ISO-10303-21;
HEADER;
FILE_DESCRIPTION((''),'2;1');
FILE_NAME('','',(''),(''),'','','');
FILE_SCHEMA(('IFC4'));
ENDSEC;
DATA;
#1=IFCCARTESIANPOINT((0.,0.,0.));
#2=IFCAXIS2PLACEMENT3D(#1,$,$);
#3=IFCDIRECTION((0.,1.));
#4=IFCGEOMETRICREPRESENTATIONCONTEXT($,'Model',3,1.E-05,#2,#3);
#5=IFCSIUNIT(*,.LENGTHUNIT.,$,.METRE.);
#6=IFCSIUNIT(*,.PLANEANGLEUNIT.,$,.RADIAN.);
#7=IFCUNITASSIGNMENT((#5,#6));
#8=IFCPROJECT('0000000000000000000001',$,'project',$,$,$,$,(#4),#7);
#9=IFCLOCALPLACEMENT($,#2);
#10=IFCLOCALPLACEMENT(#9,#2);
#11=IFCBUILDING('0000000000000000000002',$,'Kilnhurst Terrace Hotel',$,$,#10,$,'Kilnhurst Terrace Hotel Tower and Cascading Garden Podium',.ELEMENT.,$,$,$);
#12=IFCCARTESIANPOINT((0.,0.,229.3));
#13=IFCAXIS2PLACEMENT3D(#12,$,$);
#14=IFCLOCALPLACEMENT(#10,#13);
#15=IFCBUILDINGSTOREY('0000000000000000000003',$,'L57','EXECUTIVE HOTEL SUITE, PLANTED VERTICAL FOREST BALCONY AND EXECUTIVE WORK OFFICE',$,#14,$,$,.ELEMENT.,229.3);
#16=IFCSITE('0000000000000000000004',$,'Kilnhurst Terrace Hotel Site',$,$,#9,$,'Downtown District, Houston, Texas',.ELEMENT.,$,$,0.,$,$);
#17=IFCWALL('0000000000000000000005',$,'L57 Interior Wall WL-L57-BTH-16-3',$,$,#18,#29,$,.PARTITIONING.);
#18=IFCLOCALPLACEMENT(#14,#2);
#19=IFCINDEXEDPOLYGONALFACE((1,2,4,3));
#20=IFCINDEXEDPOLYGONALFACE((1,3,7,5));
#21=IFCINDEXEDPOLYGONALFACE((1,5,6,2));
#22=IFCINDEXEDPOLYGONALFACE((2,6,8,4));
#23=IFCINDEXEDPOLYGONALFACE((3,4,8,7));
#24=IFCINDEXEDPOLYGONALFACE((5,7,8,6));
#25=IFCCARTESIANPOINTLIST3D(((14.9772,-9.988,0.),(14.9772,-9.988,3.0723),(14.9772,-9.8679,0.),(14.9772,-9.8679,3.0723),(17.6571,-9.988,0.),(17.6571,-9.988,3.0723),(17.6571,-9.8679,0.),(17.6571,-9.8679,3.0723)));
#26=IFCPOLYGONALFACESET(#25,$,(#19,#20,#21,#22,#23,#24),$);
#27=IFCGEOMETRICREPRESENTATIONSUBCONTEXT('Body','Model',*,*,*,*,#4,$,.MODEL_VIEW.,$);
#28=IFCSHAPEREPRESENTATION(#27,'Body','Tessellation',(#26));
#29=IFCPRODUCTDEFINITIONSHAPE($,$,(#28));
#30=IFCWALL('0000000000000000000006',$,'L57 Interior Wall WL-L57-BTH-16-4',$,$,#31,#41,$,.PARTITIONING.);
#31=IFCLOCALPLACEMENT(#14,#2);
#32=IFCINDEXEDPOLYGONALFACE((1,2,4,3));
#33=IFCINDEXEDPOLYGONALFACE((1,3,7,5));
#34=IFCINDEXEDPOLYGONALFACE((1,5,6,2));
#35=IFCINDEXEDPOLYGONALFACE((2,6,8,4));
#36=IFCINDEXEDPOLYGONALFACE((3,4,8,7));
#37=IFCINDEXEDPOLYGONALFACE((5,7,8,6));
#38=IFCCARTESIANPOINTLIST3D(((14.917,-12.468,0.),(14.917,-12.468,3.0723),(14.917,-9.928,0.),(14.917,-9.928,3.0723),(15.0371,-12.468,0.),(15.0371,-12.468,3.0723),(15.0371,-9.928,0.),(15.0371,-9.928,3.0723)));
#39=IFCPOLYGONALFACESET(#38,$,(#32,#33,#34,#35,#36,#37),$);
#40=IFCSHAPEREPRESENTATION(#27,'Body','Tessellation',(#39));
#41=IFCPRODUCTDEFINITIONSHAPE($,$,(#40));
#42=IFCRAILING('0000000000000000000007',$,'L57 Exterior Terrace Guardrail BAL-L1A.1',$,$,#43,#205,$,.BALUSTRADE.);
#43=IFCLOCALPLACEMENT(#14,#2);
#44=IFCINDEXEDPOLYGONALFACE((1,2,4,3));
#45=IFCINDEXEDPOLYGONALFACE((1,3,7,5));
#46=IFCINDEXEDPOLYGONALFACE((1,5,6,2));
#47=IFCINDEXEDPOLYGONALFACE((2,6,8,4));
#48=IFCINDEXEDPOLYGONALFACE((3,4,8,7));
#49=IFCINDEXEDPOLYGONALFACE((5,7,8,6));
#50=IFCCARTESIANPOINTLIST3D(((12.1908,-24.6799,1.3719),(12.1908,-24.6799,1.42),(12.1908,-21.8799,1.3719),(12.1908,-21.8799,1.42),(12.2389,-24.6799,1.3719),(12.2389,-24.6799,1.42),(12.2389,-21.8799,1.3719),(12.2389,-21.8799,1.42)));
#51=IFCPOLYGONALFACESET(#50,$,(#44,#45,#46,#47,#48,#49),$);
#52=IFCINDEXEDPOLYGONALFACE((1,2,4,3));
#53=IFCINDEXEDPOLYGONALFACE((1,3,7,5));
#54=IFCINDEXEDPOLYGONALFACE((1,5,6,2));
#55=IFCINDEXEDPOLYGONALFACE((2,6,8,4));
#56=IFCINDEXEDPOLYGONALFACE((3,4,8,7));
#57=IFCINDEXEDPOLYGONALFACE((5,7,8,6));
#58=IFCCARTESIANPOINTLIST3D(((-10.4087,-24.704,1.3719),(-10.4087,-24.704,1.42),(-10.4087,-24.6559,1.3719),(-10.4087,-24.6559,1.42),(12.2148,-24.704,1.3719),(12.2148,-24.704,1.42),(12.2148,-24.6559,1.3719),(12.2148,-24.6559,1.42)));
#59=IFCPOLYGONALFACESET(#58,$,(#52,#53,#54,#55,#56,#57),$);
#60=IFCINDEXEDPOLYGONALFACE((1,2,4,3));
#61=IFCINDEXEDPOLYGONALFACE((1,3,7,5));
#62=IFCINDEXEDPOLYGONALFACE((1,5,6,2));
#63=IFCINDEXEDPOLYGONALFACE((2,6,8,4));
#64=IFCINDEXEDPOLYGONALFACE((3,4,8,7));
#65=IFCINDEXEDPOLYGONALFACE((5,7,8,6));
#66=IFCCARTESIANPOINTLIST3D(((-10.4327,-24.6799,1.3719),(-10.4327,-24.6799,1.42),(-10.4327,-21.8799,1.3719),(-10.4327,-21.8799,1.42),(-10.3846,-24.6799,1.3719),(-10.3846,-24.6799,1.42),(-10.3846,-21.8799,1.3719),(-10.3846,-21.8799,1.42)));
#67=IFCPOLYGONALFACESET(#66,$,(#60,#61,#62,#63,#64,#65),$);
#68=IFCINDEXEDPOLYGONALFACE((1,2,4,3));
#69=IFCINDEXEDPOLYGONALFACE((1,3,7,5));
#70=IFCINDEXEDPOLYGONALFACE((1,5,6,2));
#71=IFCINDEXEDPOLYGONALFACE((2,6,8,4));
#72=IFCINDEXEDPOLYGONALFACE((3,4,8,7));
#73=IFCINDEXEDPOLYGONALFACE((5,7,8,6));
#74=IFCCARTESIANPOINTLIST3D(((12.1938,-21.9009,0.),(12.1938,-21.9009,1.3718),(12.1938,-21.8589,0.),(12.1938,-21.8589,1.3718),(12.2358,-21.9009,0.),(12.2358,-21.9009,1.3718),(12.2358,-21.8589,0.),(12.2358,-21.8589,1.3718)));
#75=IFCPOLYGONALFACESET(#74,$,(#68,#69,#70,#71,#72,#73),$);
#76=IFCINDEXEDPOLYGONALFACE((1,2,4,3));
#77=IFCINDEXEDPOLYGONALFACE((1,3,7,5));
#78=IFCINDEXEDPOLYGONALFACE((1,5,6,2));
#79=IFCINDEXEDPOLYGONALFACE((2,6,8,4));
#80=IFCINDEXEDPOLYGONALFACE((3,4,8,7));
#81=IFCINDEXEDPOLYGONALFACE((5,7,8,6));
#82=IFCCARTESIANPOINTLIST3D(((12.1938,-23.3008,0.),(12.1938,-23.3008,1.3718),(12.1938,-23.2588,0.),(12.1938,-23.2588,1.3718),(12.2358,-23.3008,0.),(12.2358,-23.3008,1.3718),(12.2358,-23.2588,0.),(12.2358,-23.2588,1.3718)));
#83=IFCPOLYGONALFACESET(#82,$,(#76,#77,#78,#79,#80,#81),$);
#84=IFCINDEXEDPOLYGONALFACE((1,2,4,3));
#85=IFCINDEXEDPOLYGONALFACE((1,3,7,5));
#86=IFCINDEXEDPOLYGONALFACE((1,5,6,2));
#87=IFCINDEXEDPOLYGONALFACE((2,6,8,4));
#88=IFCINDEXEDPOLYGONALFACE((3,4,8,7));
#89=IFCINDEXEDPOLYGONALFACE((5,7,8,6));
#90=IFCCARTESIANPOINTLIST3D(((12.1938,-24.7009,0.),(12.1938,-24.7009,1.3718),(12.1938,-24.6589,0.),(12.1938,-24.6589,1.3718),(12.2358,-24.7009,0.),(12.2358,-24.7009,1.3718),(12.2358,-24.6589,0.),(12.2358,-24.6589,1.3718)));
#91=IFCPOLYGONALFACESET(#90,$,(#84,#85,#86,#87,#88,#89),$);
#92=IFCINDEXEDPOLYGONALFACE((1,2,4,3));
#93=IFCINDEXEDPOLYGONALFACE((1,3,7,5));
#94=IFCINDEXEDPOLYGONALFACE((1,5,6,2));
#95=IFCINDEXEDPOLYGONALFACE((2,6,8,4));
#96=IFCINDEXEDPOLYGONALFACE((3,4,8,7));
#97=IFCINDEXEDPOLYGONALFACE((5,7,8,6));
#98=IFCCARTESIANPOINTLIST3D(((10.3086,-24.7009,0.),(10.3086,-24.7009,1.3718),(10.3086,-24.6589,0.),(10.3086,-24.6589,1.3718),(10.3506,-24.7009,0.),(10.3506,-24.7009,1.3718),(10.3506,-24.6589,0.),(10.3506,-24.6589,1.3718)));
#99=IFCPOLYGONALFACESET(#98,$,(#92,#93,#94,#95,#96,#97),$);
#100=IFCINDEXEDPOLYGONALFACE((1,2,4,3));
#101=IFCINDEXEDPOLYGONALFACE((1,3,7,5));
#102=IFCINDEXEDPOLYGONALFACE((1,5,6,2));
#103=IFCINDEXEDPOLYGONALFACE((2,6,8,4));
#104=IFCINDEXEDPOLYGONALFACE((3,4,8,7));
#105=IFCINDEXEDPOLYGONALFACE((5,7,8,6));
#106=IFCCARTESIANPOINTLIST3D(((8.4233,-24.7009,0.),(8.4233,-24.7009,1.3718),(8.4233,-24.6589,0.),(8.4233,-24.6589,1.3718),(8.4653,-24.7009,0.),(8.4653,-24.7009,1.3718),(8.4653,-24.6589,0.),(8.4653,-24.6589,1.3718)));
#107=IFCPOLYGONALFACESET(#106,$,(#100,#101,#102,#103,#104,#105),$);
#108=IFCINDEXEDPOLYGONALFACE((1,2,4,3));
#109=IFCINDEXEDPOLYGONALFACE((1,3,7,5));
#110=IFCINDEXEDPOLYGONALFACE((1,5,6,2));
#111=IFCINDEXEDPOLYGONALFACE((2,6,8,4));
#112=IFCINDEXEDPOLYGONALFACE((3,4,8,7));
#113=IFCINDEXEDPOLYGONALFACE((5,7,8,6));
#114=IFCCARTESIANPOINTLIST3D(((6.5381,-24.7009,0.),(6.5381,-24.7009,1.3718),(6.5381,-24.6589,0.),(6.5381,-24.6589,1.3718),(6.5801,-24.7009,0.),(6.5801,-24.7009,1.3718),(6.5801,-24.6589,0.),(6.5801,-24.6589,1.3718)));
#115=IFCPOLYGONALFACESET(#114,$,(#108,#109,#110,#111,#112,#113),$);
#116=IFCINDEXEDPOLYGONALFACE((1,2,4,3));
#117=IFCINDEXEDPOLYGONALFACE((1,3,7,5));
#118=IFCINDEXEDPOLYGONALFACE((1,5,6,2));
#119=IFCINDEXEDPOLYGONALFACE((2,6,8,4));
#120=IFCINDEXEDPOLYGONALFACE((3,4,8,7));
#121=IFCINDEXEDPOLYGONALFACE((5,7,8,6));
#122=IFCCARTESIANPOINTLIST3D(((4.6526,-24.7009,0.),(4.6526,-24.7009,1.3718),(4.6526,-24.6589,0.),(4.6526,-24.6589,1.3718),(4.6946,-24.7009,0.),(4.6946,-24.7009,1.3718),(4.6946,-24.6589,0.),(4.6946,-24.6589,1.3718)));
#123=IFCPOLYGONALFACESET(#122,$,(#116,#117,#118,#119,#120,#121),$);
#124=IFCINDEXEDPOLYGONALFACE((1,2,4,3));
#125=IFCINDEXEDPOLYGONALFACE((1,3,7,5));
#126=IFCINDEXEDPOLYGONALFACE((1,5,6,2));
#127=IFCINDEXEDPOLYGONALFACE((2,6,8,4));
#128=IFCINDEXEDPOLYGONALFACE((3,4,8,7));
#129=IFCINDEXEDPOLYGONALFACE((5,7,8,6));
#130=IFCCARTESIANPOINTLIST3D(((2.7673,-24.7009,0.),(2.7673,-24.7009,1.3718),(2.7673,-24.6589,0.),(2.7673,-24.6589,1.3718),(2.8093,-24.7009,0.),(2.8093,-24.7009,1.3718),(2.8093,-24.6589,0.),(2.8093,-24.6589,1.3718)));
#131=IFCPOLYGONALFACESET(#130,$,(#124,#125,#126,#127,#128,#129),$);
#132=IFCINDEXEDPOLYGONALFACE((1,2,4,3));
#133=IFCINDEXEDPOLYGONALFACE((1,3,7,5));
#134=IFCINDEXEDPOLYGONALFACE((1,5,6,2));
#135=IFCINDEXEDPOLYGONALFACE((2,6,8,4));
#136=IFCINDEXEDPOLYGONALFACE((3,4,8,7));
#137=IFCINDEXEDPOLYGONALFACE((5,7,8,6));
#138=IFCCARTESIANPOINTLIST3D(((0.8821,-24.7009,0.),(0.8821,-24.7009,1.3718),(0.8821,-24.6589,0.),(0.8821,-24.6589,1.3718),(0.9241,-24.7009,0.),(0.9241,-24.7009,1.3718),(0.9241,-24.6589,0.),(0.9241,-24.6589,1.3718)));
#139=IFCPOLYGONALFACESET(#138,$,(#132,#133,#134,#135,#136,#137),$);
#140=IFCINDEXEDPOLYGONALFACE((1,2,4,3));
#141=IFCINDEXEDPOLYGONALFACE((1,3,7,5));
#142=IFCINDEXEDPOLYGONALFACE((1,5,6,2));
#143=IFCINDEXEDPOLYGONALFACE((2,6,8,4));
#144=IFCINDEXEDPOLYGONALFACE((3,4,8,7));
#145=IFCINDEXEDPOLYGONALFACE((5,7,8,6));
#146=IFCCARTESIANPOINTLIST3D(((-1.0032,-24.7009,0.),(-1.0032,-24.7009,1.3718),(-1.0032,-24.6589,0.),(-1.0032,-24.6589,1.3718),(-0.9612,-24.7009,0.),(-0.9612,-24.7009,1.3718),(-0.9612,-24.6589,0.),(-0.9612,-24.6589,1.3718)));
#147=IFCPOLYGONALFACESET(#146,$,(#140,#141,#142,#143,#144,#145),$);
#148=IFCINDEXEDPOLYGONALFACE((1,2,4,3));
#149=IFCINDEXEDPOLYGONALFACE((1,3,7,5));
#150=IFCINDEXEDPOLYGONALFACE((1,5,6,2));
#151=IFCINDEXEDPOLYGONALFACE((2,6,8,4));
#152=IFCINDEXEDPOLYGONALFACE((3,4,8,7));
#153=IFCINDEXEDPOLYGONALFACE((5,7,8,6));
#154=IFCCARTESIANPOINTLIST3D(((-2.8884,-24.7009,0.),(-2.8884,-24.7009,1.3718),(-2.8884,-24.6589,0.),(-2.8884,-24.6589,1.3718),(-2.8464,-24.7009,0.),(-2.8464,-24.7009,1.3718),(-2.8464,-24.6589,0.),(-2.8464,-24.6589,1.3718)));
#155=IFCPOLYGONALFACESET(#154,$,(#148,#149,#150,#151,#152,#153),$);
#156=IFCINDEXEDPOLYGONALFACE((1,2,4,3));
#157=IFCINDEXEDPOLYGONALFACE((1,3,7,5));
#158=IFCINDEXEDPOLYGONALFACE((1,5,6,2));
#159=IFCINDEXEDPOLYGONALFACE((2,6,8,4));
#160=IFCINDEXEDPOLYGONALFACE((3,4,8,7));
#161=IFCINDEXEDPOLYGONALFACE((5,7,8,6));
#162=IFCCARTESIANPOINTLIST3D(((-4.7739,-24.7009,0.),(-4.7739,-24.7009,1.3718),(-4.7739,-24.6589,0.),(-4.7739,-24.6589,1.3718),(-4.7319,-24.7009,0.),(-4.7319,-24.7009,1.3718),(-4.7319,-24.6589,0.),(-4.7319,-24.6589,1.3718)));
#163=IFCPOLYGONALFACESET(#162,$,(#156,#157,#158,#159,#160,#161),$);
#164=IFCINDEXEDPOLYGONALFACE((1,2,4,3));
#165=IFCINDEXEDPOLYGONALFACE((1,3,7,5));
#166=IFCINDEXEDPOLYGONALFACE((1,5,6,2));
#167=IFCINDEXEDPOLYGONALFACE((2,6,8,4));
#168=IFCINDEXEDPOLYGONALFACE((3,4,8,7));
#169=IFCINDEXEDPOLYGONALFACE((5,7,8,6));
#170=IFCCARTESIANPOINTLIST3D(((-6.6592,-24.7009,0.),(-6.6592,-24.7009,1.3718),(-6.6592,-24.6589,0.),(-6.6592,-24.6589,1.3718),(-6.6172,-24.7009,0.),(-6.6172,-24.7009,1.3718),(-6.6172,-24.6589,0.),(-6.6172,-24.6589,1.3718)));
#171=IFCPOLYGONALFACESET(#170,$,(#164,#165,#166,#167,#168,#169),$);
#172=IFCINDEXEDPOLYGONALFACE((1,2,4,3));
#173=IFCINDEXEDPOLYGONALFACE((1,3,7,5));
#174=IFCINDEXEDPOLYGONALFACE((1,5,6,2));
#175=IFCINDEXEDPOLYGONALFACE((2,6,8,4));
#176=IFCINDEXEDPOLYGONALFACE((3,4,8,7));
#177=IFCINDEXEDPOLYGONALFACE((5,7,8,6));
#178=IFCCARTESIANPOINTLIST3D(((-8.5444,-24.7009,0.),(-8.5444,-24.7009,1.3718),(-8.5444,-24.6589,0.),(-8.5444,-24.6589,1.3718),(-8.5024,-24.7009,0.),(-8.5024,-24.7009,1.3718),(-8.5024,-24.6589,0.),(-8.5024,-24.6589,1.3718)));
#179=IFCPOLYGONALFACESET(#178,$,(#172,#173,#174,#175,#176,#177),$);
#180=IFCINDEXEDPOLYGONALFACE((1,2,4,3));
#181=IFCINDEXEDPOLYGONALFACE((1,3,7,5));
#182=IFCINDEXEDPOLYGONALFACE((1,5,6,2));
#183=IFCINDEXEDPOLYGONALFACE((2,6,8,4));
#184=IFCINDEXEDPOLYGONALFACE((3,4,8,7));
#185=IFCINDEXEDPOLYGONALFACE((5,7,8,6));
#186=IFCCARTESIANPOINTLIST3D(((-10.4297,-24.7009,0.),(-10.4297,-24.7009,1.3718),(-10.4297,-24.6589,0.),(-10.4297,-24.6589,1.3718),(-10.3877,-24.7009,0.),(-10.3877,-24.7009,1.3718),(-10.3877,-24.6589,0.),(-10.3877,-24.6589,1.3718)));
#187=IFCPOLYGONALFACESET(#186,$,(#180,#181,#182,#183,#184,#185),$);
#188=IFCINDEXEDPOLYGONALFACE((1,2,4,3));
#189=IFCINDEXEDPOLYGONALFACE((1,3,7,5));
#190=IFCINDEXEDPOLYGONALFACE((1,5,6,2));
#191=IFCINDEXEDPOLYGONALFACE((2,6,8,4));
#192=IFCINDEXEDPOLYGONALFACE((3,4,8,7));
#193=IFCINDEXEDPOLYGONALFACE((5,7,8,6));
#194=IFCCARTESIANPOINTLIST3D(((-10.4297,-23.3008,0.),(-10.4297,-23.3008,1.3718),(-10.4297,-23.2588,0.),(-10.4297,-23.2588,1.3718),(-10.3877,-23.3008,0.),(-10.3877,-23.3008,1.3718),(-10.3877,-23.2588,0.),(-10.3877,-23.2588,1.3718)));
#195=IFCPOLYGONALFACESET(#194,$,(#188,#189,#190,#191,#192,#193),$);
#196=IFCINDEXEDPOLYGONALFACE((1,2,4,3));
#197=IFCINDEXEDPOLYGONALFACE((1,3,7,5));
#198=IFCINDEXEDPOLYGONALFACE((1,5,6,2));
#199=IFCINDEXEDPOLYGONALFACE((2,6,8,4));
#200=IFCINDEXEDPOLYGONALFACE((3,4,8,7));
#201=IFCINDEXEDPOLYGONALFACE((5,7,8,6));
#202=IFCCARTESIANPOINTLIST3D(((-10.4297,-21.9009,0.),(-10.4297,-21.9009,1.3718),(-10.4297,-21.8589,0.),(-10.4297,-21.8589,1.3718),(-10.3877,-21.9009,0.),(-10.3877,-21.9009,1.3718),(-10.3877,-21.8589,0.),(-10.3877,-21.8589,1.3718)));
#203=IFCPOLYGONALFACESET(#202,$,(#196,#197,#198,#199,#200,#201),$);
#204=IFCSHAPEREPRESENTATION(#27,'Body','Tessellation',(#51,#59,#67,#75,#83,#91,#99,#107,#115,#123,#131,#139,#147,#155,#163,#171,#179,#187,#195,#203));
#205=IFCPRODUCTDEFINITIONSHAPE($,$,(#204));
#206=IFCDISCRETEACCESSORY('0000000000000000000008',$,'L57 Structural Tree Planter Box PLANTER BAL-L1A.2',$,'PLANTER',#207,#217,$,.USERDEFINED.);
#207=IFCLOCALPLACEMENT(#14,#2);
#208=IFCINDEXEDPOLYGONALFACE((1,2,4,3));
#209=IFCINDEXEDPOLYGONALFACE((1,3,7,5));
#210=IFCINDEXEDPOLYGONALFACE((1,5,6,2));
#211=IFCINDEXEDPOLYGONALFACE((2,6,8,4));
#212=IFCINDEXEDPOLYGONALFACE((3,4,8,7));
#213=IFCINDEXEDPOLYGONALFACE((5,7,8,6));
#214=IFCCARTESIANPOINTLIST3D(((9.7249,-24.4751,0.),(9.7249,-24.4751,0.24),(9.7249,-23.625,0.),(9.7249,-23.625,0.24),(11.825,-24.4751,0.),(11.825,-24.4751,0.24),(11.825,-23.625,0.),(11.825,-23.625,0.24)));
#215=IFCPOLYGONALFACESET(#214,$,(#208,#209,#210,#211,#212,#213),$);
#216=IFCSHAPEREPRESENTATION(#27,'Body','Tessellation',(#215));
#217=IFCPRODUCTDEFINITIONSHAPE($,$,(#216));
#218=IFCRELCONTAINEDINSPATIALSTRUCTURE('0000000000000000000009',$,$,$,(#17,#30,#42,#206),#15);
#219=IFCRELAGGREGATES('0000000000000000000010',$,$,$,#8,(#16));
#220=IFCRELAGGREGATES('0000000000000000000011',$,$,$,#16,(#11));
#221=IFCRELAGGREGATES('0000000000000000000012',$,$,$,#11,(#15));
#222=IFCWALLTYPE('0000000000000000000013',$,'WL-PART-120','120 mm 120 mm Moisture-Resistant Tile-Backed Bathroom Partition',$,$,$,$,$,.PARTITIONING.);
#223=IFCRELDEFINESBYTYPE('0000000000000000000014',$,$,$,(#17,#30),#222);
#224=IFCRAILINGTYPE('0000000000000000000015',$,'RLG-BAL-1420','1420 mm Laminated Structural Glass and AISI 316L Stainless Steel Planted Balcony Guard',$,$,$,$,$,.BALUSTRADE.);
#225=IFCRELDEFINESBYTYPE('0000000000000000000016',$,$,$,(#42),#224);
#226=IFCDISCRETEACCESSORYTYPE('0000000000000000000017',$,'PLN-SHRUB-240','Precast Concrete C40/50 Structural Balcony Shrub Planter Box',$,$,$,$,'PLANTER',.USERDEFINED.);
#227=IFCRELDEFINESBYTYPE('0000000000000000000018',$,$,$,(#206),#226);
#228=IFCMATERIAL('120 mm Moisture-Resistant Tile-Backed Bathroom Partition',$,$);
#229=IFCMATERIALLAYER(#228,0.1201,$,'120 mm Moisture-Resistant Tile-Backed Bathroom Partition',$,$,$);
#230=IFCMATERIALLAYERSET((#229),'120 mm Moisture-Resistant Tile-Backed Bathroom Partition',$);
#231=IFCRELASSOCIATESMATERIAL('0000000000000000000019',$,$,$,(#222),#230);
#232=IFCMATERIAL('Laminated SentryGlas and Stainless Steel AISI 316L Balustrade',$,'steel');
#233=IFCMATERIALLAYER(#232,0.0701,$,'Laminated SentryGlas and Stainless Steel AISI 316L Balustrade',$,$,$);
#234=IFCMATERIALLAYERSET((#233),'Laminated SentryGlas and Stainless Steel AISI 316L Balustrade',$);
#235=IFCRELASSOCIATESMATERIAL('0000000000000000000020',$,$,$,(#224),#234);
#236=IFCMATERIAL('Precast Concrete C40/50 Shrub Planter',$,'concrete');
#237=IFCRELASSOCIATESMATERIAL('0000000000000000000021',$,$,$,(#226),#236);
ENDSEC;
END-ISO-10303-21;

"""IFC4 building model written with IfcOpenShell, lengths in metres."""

from ifc_helpers import new_model, si_unit, direction, frame, frame_2d, origin, origin_2d, place, context, subcontext, project, spatial, rectangle, extrude, material, layer, layer_set, type_object, element, save


model = new_model("IFC4")

# Units and contexts
model_context = context("Model", 3, precision=1e-05, world=origin(), true_north=direction((0.0, 1.0)))
body_context = subcontext(model_context, "Body", "Model", "MODEL_VIEW")
ifc_project = project(units=[si_unit("LENGTHUNIT", "METRE"), si_unit("PLANEANGLEUNIT", "RADIAN")], contexts=[model_context])

# Site, building, storey
site_placement = place(None, origin())
site = spatial("IfcSite", under=ifc_project, at=site_placement, Name="Kilnhurst Terrace Hotel Site", LongName="Downtown District, Houston, Texas", CompositionType="ELEMENT", RefElevation=0.0)
building_placement = place(site_placement, origin())
building = spatial("IfcBuilding", under=site, at=building_placement, Name="Kilnhurst Terrace Hotel", LongName="Kilnhurst Terrace Hotel Tower and Cascading Garden Podium", CompositionType="ELEMENT")
storey_placement = place(building_placement, frame((0.0, 0.0, 229.3)))
storey = spatial("IfcBuildingStorey", under=building, at=storey_placement, Name="L57", Description="EXECUTIVE HOTEL SUITE, PLANTED VERTICAL FOREST BALCONY AND EXECUTIVE WORK OFFICE", CompositionType="ELEMENT", Elevation=229.3)

# Shared definitions
ifc_material_1 = material(Name="120 mm Moisture-Resistant Tile-Backed Bathroom Partition")
ifc_layer_1 = layer(ifc_material_1, 0.1201, Name="120 mm Moisture-Resistant Tile-Backed Bathroom Partition")
ifc_layer_set_1 = layer_set([ifc_layer_1], Name="120 mm Moisture-Resistant Tile-Backed Bathroom Partition")
wall_type_1 = type_object("IfcWallType", Name="WL-PART-120", Description="120 mm 120 mm Moisture-Resistant Tile-Backed Bathroom Partition", PredefinedType="PARTITIONING", material=ifc_layer_set_1)

# Walls
wall_1_placement = place(storey_placement, frame((17.657, -9.928, 0.0), z_axis=(0.0, 0.0, 1.0), x_axis=(-1.0, 0.0, 0.0)))
element("IfcWall", 1, at=wall_1_placement, inside=storey, type_object=wall_type_1, Name="L57 Interior Wall WL-L57-BTH-16-3", PredefinedType="PARTITIONING", context=body_context, shape_type="SweptSolid", body=[
    extrude(rectangle(XDim=2.6799, YDim=0.1201, at=frame_2d((1.3398, 0.0))), origin(), (0.0, 0.0, 1.0), 3.0723),
])
wall_2_placement = place(storey_placement, frame((14.9771, -9.928, 0.0), z_axis=(0.0, 0.0, 1.0), x_axis=(0.0, -1.0, 0.0)))
element("IfcWall", 2, at=wall_2_placement, inside=storey, type_object=wall_type_1, Name="L57 Interior Wall WL-L57-BTH-16-4", PredefinedType="PARTITIONING", context=body_context, shape_type="SweptSolid", body=[
    extrude(rectangle(XDim=2.54, YDim=0.1201, at=frame_2d((1.27, 0.0))), origin(), (0.0, 0.0, 1.0), 3.0723),
])

# Railing
ifc_material_2 = material(Name="Laminated SentryGlas and Stainless Steel AISI 316L Balustrade", Category="steel")
ifc_layer_2 = layer(ifc_material_2, 0.0701, Name="Laminated SentryGlas and Stainless Steel AISI 316L Balustrade")
ifc_layer_set_2 = layer_set([ifc_layer_2], Name="Laminated SentryGlas and Stainless Steel AISI 316L Balustrade")
railing_type = type_object("IfcRailingType", Name="RLG-BAL-1420", Description="1420 mm Laminated Structural Glass and AISI 316L Stainless Steel Planted Balcony Guard", PredefinedType="BALUSTRADE", material=ifc_layer_set_2)
railing_placement = place(storey_placement, frame((12.2148, -21.8799, 0.0)))
element("IfcRailing", 3, at=railing_placement, inside=storey, type_object=railing_type, Name="L57 Exterior Terrace Guardrail BAL-L1A.1", PredefinedType="BALUSTRADE", context=body_context, shape_type="SweptSolid", body=[
    extrude(rectangle(XDim=0.0481, YDim=0.0481, at=origin_2d()), frame((0.0, 0.0, 1.396), z_axis=(0.0, -1.0, 0.0), x_axis=(1.0, 0.0, 0.0)), (0.0, 0.0, 1.0), 2.8),
    extrude(rectangle(XDim=0.0481, YDim=0.0481, at=origin_2d()), frame((0.0, -2.8, 1.396), z_axis=(-1.0, 0.0, 0.0), x_axis=(0.0, -1.0, 0.0)), (0.0, 0.0, 1.0), 22.6235),
    extrude(rectangle(XDim=0.0481, YDim=0.0481, at=origin_2d()), frame((-22.6235, -2.8, 1.396), z_axis=(0.0, 1.0, 0.0), x_axis=(-1.0, 0.0, 0.0)), (0.0, 0.0, 1.0), 2.8),
    extrude(rectangle(XDim=0.042, YDim=0.042, at=origin_2d()), origin(), (0.0, 0.0, 1.0), 1.3718),
    extrude(rectangle(XDim=0.042, YDim=0.042, at=origin_2d()), frame((0.0, -1.3999, 0.0)), (0.0, 0.0, 1.0), 1.3718),
    extrude(rectangle(XDim=0.042, YDim=0.042, at=origin_2d()), frame((0.0, -2.8, 0.0)), (0.0, 0.0, 1.0), 1.3718),
    extrude(rectangle(XDim=0.042, YDim=0.042, at=origin_2d()), frame((-1.8853, -2.8, 0.0)), (0.0, 0.0, 1.0), 1.3718),
    extrude(rectangle(XDim=0.042, YDim=0.042, at=origin_2d()), frame((-3.7705, -2.8, 0.0)), (0.0, 0.0, 1.0), 1.3718),
    extrude(rectangle(XDim=0.042, YDim=0.042, at=origin_2d()), frame((-5.6558, -2.8, 0.0)), (0.0, 0.0, 1.0), 1.3718),
    extrude(rectangle(XDim=0.042, YDim=0.042, at=origin_2d()), frame((-7.5413, -2.8, 0.0)), (0.0, 0.0, 1.0), 1.3718),
    extrude(rectangle(XDim=0.042, YDim=0.042, at=origin_2d()), frame((-9.4265, -2.8, 0.0)), (0.0, 0.0, 1.0), 1.3718),
    extrude(rectangle(XDim=0.042, YDim=0.042, at=origin_2d()), frame((-11.3118, -2.8, 0.0)), (0.0, 0.0, 1.0), 1.3718),
    extrude(rectangle(XDim=0.042, YDim=0.042, at=origin_2d()), frame((-13.197, -2.8, 0.0)), (0.0, 0.0, 1.0), 1.3718),
    extrude(rectangle(XDim=0.042, YDim=0.042, at=origin_2d()), frame((-15.0823, -2.8, 0.0)), (0.0, 0.0, 1.0), 1.3718),
    extrude(rectangle(XDim=0.042, YDim=0.042, at=origin_2d()), frame((-16.9678, -2.8, 0.0)), (0.0, 0.0, 1.0), 1.3718),
    extrude(rectangle(XDim=0.042, YDim=0.042, at=origin_2d()), frame((-18.853, -2.8, 0.0)), (0.0, 0.0, 1.0), 1.3718),
    extrude(rectangle(XDim=0.042, YDim=0.042, at=origin_2d()), frame((-20.7383, -2.8, 0.0)), (0.0, 0.0, 1.0), 1.3718),
    extrude(rectangle(XDim=0.042, YDim=0.042, at=origin_2d()), frame((-22.6235, -2.8, 0.0)), (0.0, 0.0, 1.0), 1.3718),
    extrude(rectangle(XDim=0.042, YDim=0.042, at=origin_2d()), frame((-22.6235, -1.3999, 0.0)), (0.0, 0.0, 1.0), 1.3718),
    extrude(rectangle(XDim=0.042, YDim=0.042, at=origin_2d()), frame((-22.6235, 0.0, 0.0)), (0.0, 0.0, 1.0), 1.3718),
])

# Discrete accessory
ifc_material_3 = material(Name="Precast Concrete C40/50 Shrub Planter", Category="concrete")
discrete_accessory_type_1 = type_object("IfcDiscreteAccessoryType", Name="PLN-SHRUB-240", Description="Precast Concrete C40/50 Structural Balcony Shrub Planter Box", ElementType="PLANTER", PredefinedType="USERDEFINED", material=ifc_material_3)
discrete_accessory_1_placement = place(storey_placement, frame((10.7749, -24.05, 0.0), z_axis=(0.0, 0.0, 1.0), x_axis=(1.0, 0.0, 0.0)))
element("IfcDiscreteAccessory", 4, at=discrete_accessory_1_placement, inside=storey, type_object=discrete_accessory_type_1, Name="L57 Structural Tree Planter Box PLANTER BAL-L1A.2", ObjectType="PLANTER", PredefinedType="USERDEFINED", context=body_context, shape_type="SweptSolid", body=[
    extrude(rectangle(XDim=2.1001, YDim=0.8501, at=origin_2d()), origin(), (0.0, 0.0, 1.0), 0.24),
])

save(model, "model.ifc")
